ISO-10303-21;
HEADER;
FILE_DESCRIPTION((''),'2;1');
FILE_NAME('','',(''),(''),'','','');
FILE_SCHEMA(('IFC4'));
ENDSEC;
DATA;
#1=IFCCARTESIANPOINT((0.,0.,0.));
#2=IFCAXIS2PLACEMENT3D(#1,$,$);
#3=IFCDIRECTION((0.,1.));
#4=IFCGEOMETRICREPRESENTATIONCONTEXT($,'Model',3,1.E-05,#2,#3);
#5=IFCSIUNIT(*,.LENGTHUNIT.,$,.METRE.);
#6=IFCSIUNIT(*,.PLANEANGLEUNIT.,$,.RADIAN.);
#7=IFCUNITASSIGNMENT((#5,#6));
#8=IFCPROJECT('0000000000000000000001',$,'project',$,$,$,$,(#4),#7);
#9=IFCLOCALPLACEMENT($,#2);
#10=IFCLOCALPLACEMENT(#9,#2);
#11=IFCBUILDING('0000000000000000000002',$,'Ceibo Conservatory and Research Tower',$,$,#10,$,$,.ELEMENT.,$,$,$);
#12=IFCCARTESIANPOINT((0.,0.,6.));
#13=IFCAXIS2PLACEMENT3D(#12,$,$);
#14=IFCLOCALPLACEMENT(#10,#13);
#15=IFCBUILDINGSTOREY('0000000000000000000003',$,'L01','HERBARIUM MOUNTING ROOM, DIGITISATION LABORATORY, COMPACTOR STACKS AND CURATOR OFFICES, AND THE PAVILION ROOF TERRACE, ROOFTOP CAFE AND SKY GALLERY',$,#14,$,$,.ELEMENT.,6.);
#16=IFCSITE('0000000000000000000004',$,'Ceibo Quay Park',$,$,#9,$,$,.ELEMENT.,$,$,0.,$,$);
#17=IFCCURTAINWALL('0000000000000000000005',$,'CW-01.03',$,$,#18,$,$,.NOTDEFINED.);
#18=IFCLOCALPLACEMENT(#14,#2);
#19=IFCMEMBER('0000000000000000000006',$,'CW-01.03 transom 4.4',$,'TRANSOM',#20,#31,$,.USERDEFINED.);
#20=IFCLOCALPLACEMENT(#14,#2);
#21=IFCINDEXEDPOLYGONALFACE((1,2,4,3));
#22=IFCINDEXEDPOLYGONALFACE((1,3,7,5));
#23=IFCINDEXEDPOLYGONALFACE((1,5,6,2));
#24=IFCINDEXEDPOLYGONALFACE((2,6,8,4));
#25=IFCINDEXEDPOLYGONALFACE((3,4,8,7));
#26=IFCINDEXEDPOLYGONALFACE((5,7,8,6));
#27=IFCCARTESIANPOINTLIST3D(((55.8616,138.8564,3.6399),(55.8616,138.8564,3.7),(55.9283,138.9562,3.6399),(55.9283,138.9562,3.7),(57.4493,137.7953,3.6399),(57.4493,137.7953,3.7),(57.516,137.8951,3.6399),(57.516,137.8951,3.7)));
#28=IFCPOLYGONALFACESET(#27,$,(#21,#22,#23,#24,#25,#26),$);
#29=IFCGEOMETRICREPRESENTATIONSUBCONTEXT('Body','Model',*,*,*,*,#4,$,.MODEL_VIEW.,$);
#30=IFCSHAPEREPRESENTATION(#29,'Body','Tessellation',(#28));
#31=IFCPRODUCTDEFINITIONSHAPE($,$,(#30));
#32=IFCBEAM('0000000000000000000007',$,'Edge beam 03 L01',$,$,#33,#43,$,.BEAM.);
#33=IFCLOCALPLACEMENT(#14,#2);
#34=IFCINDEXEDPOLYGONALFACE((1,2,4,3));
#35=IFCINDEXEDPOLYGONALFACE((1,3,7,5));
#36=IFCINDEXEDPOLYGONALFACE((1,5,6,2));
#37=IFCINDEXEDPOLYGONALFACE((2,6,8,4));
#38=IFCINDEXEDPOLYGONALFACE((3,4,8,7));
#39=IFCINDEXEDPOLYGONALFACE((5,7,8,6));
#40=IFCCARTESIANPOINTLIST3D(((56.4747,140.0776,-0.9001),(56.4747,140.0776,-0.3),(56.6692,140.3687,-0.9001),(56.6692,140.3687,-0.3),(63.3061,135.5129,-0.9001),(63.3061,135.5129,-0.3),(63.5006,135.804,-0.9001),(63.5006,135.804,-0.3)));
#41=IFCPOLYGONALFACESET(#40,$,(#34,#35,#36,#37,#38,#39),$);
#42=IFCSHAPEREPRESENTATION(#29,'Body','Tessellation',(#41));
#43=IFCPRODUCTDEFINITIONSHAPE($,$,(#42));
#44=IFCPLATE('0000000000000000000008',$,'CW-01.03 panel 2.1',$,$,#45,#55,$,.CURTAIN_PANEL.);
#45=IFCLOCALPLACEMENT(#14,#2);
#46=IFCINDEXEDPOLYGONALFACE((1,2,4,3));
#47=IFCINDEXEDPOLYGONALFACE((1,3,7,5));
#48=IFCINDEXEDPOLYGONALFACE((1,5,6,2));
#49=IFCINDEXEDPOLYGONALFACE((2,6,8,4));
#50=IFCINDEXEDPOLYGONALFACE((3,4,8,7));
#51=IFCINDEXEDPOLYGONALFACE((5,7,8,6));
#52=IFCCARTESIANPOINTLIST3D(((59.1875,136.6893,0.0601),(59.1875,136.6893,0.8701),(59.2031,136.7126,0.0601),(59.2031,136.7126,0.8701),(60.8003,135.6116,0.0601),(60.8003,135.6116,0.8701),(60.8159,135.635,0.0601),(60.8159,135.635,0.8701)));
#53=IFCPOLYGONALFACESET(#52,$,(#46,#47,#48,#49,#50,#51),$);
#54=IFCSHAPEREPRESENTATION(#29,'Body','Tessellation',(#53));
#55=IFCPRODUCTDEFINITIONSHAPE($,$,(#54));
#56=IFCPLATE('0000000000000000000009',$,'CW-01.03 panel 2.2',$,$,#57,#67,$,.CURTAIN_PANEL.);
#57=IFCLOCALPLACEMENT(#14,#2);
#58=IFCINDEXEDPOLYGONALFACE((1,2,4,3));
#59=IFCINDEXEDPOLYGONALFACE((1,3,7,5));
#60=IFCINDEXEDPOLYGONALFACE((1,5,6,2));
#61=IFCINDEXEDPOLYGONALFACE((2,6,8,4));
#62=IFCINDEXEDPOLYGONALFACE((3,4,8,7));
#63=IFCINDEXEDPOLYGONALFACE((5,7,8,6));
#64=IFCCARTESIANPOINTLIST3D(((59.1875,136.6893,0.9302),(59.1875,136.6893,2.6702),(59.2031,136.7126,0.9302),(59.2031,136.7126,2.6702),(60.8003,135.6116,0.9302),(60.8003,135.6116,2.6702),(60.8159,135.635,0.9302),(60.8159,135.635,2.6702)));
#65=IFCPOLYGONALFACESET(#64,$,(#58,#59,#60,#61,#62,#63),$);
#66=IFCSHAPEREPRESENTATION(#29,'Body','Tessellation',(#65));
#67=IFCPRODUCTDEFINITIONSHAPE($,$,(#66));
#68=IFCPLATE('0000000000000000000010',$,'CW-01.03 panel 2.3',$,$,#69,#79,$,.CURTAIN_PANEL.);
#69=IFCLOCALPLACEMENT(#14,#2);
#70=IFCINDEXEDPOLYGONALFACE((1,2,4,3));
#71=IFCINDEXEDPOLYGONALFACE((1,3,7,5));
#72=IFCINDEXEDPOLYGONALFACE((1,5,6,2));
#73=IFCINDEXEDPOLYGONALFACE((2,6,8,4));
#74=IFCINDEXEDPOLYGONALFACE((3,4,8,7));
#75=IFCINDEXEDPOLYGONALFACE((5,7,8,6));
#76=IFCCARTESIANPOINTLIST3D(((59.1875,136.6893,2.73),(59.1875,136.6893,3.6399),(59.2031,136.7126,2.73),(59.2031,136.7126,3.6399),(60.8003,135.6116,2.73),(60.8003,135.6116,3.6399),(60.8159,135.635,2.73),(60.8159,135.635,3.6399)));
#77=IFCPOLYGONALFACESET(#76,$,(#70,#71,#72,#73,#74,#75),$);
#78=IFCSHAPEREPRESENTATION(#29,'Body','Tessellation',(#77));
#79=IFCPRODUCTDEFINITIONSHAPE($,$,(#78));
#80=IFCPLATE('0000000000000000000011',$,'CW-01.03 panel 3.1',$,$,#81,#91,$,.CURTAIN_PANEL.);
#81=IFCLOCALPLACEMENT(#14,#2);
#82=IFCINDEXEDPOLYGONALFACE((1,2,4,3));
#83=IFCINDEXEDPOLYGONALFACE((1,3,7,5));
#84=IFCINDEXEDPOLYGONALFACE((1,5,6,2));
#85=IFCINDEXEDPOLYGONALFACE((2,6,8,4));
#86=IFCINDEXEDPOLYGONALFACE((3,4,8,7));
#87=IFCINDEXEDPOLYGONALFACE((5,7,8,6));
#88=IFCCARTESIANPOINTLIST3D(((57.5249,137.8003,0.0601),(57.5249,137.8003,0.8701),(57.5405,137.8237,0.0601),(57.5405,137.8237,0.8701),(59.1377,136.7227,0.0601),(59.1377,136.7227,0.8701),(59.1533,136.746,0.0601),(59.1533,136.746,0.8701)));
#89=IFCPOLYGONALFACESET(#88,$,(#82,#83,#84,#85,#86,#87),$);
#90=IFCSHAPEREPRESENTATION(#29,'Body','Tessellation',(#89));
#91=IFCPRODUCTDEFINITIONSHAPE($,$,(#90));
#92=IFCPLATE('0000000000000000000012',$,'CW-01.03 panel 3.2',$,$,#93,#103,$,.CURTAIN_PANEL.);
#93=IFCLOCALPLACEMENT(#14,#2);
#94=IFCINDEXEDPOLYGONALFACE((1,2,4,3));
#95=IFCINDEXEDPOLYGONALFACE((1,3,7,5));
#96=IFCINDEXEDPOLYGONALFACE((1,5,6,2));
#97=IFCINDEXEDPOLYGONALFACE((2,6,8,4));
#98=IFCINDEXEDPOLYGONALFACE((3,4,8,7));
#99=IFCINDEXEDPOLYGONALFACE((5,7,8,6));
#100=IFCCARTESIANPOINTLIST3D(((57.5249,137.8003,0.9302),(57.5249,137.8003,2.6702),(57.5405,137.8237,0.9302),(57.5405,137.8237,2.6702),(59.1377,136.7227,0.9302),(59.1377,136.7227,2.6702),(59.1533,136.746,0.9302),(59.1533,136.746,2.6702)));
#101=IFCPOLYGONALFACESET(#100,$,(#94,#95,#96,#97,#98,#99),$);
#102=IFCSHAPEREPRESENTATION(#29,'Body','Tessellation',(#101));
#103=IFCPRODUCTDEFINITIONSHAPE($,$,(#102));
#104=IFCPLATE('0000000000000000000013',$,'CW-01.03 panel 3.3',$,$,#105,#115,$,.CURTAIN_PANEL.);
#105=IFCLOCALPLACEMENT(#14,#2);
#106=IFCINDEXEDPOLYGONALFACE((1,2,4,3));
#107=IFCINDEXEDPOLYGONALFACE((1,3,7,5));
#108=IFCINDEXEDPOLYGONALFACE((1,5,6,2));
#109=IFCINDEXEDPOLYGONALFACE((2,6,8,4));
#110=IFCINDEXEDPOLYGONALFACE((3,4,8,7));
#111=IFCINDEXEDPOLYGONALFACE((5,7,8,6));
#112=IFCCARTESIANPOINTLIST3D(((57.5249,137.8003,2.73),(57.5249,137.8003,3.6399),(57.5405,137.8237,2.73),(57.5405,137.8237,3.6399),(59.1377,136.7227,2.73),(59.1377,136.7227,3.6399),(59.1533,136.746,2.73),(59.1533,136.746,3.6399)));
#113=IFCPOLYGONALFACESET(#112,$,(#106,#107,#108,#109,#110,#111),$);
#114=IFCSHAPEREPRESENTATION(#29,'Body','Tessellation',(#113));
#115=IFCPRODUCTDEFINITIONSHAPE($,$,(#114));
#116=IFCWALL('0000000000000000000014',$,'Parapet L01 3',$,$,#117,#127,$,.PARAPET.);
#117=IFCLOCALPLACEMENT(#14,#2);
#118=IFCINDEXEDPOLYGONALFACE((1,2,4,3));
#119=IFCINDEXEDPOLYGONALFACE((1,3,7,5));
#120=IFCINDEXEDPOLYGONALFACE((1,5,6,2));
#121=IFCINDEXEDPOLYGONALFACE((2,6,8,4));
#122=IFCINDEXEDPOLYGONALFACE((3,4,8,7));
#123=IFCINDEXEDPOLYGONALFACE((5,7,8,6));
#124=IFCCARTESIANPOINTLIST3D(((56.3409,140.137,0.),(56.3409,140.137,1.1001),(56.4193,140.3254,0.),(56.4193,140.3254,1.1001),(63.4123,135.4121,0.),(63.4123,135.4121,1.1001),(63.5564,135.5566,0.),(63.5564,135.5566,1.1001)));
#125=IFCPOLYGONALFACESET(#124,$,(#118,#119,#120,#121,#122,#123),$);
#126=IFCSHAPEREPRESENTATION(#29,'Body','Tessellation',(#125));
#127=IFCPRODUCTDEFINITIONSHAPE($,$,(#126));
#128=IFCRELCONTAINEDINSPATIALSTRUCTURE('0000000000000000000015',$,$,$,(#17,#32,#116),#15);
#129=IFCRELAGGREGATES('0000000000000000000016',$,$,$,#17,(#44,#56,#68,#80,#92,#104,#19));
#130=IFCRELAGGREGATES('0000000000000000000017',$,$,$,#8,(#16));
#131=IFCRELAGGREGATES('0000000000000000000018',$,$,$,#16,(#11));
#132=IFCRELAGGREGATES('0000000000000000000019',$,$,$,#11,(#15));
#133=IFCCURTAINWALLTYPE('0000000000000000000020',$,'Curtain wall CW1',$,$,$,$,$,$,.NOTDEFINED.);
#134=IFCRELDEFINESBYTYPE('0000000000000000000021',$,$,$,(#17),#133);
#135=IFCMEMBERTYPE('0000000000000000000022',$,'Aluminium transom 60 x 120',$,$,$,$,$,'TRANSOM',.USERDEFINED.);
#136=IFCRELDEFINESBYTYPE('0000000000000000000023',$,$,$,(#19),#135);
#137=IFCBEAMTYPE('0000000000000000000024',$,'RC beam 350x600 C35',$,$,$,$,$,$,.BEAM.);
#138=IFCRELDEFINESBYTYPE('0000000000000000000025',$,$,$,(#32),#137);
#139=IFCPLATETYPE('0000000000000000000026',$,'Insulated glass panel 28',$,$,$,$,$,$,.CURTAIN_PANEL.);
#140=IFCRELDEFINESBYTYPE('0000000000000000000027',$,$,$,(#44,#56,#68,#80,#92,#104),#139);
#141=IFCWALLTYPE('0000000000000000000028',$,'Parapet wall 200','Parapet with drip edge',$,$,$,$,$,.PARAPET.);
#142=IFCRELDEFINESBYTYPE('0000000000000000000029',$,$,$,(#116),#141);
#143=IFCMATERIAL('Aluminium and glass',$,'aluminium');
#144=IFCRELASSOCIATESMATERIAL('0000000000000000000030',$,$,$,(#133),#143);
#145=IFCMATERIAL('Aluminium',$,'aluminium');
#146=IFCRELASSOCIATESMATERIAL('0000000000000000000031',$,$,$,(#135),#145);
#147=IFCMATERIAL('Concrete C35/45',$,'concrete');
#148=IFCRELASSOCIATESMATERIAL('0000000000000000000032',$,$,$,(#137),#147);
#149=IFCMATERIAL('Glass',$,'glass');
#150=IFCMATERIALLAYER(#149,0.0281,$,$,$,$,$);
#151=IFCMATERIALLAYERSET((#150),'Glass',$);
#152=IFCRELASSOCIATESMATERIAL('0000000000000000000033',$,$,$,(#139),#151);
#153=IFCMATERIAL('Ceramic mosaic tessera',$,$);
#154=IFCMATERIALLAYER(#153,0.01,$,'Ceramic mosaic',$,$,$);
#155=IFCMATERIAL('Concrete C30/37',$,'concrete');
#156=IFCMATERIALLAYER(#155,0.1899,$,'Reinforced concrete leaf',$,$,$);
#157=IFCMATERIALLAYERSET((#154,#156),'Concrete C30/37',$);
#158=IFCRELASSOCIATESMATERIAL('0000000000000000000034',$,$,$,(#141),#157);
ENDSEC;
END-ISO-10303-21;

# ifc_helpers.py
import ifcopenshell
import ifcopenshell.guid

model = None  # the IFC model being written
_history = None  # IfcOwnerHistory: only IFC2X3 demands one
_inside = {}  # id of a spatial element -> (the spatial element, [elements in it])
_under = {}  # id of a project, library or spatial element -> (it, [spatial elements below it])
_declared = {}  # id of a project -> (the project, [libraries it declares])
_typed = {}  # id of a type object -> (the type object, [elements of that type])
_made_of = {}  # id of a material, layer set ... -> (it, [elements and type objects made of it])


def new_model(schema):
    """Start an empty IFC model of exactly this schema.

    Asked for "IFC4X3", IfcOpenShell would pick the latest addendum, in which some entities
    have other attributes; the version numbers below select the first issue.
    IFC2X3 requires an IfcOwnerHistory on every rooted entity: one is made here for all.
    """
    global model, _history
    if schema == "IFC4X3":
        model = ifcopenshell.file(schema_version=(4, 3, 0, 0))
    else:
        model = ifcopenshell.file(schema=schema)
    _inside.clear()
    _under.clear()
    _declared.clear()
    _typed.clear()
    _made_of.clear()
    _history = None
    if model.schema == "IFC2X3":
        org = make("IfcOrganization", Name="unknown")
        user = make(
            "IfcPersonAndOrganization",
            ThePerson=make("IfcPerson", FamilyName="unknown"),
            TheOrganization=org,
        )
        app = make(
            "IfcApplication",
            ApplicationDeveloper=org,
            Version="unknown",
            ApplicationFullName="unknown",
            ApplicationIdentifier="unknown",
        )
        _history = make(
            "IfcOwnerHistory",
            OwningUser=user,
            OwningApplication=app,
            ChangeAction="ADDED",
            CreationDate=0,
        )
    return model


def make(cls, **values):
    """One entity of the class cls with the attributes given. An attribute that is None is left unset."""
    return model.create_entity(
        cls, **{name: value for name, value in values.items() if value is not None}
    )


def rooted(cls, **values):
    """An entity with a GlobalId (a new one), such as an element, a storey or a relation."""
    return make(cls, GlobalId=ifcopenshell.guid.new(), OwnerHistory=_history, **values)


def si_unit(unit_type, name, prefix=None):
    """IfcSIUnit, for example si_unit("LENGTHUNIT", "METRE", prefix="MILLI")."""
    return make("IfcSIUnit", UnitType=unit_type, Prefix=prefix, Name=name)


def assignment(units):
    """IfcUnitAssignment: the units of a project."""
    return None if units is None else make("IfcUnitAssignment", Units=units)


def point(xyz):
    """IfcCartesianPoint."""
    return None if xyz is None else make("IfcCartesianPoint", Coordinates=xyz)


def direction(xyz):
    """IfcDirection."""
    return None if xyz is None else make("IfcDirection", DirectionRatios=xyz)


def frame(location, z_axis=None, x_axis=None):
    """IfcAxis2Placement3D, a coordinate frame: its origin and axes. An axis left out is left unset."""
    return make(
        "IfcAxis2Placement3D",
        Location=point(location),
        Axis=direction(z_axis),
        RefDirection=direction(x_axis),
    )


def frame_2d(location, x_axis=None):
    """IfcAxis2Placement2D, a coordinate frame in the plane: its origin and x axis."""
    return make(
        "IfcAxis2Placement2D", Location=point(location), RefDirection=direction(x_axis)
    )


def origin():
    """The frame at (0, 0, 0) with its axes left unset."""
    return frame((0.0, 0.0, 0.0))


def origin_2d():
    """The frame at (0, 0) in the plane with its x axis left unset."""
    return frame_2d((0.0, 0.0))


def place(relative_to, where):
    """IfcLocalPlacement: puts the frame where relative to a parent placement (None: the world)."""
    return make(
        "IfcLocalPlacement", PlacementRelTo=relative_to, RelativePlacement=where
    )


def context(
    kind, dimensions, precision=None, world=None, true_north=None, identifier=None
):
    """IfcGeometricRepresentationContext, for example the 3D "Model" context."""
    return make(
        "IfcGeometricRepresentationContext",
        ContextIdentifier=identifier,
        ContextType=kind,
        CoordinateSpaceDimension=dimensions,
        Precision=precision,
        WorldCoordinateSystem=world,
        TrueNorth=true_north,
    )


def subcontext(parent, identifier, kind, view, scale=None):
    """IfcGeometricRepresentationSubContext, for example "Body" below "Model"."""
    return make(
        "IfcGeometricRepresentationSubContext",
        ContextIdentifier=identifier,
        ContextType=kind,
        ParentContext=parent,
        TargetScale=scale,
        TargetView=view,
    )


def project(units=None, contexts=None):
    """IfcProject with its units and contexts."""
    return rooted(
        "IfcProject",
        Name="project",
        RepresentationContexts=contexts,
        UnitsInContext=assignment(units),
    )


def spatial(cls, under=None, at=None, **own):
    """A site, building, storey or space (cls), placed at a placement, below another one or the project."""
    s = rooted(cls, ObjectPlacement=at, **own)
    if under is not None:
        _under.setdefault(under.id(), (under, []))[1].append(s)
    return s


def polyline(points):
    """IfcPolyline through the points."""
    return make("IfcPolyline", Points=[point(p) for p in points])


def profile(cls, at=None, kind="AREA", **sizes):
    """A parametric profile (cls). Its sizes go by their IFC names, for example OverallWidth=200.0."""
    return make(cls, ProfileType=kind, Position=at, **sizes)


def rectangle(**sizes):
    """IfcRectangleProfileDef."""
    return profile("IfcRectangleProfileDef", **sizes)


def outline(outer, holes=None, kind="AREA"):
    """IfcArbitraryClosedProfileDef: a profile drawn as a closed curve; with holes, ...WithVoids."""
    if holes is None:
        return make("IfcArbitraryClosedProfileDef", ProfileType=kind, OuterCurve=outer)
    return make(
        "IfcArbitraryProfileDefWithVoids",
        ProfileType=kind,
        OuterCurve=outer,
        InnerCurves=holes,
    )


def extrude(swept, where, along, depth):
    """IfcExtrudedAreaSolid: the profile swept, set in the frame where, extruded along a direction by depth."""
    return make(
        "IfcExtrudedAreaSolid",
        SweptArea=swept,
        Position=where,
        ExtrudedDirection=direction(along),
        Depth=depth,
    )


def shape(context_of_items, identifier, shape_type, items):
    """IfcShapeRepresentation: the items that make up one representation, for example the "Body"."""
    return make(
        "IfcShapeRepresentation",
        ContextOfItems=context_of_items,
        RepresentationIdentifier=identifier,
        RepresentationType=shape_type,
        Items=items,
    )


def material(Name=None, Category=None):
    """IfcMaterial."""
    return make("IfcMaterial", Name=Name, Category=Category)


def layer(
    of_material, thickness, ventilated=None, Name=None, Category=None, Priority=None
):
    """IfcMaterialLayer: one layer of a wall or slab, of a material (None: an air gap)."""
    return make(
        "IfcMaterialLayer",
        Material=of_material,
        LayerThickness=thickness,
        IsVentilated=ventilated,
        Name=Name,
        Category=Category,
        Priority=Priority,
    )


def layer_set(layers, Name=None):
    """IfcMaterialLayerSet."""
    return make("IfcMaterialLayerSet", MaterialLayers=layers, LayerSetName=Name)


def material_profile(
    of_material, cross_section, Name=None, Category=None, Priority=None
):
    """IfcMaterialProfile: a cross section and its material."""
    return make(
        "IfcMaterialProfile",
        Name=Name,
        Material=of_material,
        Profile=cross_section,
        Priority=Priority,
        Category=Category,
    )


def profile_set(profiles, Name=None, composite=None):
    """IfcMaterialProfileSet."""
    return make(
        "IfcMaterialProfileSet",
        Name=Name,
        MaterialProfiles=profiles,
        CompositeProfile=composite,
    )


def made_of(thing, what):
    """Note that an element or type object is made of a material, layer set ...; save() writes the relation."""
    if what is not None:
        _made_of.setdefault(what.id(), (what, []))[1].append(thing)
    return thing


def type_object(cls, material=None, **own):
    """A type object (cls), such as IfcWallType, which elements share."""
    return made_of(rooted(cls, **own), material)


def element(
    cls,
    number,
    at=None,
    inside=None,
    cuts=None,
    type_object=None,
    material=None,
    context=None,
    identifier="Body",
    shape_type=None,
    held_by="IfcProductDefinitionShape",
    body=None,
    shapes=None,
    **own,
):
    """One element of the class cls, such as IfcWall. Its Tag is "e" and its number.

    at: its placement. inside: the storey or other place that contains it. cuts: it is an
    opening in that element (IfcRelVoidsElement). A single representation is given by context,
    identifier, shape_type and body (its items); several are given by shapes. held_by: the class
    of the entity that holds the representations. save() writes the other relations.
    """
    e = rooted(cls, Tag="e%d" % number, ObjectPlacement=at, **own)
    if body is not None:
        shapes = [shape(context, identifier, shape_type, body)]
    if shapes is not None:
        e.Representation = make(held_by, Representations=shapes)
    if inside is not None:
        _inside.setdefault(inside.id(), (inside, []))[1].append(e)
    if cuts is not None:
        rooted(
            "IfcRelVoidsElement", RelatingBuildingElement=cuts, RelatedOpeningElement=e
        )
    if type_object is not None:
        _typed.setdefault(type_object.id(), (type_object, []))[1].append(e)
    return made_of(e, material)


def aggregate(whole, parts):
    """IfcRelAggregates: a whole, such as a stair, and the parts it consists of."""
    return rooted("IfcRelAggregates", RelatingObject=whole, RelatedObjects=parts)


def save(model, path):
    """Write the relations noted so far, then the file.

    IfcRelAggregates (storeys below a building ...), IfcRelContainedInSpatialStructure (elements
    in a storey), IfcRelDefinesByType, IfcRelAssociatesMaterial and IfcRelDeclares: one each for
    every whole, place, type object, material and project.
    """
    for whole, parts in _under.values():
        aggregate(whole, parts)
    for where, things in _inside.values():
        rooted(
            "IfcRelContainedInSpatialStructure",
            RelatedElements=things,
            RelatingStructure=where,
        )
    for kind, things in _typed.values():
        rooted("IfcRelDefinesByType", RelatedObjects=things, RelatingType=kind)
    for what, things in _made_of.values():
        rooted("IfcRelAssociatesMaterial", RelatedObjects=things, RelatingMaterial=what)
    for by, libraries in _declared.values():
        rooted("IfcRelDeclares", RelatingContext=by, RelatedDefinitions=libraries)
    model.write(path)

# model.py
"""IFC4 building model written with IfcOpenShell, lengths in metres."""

from ifc_helpers import new_model, si_unit, direction, frame, origin, origin_2d, place, context, subcontext, project, spatial, polyline, rectangle, outline, extrude, material, layer, layer_set, material_profile, profile_set, type_object, element, aggregate, save


model = new_model("IFC4")

# Units and contexts
model_context = context("Model", 3, precision=1e-05, world=origin(), true_north=direction((0.0, 1.0)))
body_context = subcontext(model_context, "Body", "Model", "MODEL_VIEW")
ifc_project = project(units=[si_unit("LENGTHUNIT", "METRE"), si_unit("PLANEANGLEUNIT", "RADIAN")], contexts=[model_context])

# Site, building, storey
site_placement = place(None, origin())
site = spatial("IfcSite", under=ifc_project, at=site_placement, Name="Ceibo Quay Park", CompositionType="ELEMENT", RefElevation=0.0)
building_placement = place(site_placement, origin())
building = spatial("IfcBuilding", under=site, at=building_placement, Name="Ceibo Conservatory and Research Tower", CompositionType="ELEMENT")
storey_placement = place(building_placement, frame((0.0, 0.0, 6.0)))
storey = spatial("IfcBuildingStorey", under=building, at=storey_placement, Name="L01", Description="HERBARIUM MOUNTING ROOM, DIGITISATION LABORATORY, COMPACTOR STACKS AND CURATOR OFFICES, AND THE PAVILION ROOF TERRACE, ROOFTOP CAFE AND SKY GALLERY", CompositionType="ELEMENT", Elevation=6.0)

# Curtain wall, member
ifc_material_1 = material(Name="Aluminium and glass", Category="aluminium")
curtain_wall_type = type_object("IfcCurtainWallType", Name="Curtain wall CW1", PredefinedType="NOTDEFINED", material=ifc_material_1)
curtain_wall_placement = place(storey_placement, origin())
curtain_wall = element("IfcCurtainWall", 1, at=curtain_wall_placement, inside=storey, type_object=curtain_wall_type, Name="CW-01.03", PredefinedType="NOTDEFINED")
ifc_material_2 = material(Name="Aluminium", Category="aluminium")
ifc_material_profile_1 = material_profile(ifc_material_2, rectangle(XDim=0.1201, YDim=0.0601, at=origin_2d()), Name="Aluminium 60 x 120")
ifc_profile_set_1 = profile_set([ifc_material_profile_1], Name="Aluminium")
member_type_1 = type_object("IfcMemberType", Name="Aluminium transom 60 x 120", ElementType="TRANSOM", PredefinedType="USERDEFINED", material=ifc_profile_set_1)
member_1_placement = place(storey_placement, frame((57.4827, 137.8452, 3.6699), z_axis=(-0.83142, 0.555644, 0.0), x_axis=(-0.555644, -0.83142, 0.0)))
member_1 = element("IfcMember", 2, at=member_1_placement, type_object=member_type_1, Name="CW-01.03 transom 4.4", ObjectType="TRANSOM", PredefinedType="USERDEFINED", context=body_context, shape_type="SweptSolid", body=[
    extrude(rectangle(XDim=0.1201, YDim=0.0601, at=origin_2d()), origin(), (0.0, 0.0, 1.0), 1.9097),
])

# Beam
ifc_material_3 = material(Name="Concrete C35/45", Category="concrete")
ifc_material_profile_2 = material_profile(ifc_material_3, rectangle(XDim=0.3501, YDim=0.6001, at=origin_2d()), Name="RC 350x600")
ifc_profile_set_2 = profile_set([ifc_material_profile_2], Name="Concrete C35/45")
beam_type = type_object("IfcBeamType", Name="RC beam 350x600 C35", PredefinedType="BEAM", material=ifc_profile_set_2)
beam_placement = place(storey_placement, frame((63.4033, 135.6584, -0.6001), z_axis=(-0.83146, 0.555584, 0.0), x_axis=(-0.555584, -0.83146, 0.0)))
element("IfcBeam", 3, at=beam_placement, inside=storey, type_object=beam_type, Name="Edge beam 03 L01", PredefinedType="BEAM", context=body_context, shape_type="SweptSolid", body=[
    extrude(rectangle(XDim=0.3501, YDim=0.6001, at=origin_2d()), origin(), (0.0, 0.0, 1.0), 8.2161),
])

# Plates
ifc_material_4 = material(Name="Glass", Category="glass")
ifc_layer_1 = layer(ifc_material_4, 0.0281)
ifc_layer_set_1 = layer_set([ifc_layer_1], Name="Glass")
plate_type = type_object("IfcPlateType", Name="Insulated glass panel 28", PredefinedType="CURTAIN_PANEL", material=ifc_layer_set_1)
plate_1_placement = place(storey_placement, frame((60.0017, 136.1621, 0.0601), z_axis=(0.0, 0.0, 1.0), x_axis=(-0.83147, 0.55557, 0.0)))
plate_1 = element("IfcPlate", 4, at=plate_1_placement, type_object=plate_type, Name="CW-01.03 panel 2.1", PredefinedType="CURTAIN_PANEL", context=body_context, shape_type="SweptSolid", body=[
    extrude(rectangle(XDim=1.9397, YDim=0.0281, at=origin_2d()), origin(), (0.0, 0.0, 1.0), 0.8101),
])
plate_2_placement = place(storey_placement, frame((60.0017, 136.1621, 0.9302), z_axis=(0.0, 0.0, 1.0), x_axis=(-0.83147, 0.55557, 0.0)))
plate_2 = element("IfcPlate", 5, at=plate_2_placement, type_object=plate_type, Name="CW-01.03 panel 2.2", PredefinedType="CURTAIN_PANEL", context=body_context, shape_type="SweptSolid", body=[
    extrude(rectangle(XDim=1.9397, YDim=0.0281, at=origin_2d()), origin(), (0.0, 0.0, 1.0), 1.74),
])
plate_3_placement = place(storey_placement, frame((60.0017, 136.1621, 2.73), z_axis=(0.0, 0.0, 1.0), x_axis=(-0.83147, 0.55557, 0.0)))
plate_3 = element("IfcPlate", 6, at=plate_3_placement, type_object=plate_type, Name="CW-01.03 panel 2.3", PredefinedType="CURTAIN_PANEL", context=body_context, shape_type="SweptSolid", body=[
    extrude(rectangle(XDim=1.9397, YDim=0.0281, at=origin_2d()), origin(), (0.0, 0.0, 1.0), 0.9099),
])
plate_4_placement = place(storey_placement, frame((58.3391, 137.2732, 0.0601), z_axis=(0.0, 0.0, 1.0), x_axis=(-0.83147, 0.55557, 0.0)))
plate_4 = element("IfcPlate", 7, at=plate_4_placement, type_object=plate_type, Name="CW-01.03 panel 3.1", PredefinedType="CURTAIN_PANEL", context=body_context, shape_type="SweptSolid", body=[
    extrude(rectangle(XDim=1.9397, YDim=0.0281, at=origin_2d()), origin(), (0.0, 0.0, 1.0), 0.8101),
])
plate_5_placement = place(storey_placement, frame((58.3391, 137.2732, 0.9302), z_axis=(0.0, 0.0, 1.0), x_axis=(-0.83147, 0.55557, 0.0)))
plate_5 = element("IfcPlate", 8, at=plate_5_placement, type_object=plate_type, Name="CW-01.03 panel 3.2", PredefinedType="CURTAIN_PANEL", context=body_context, shape_type="SweptSolid", body=[
    extrude(rectangle(XDim=1.9397, YDim=0.0281, at=origin_2d()), origin(), (0.0, 0.0, 1.0), 1.74),
])
plate_6_placement = place(storey_placement, frame((58.3391, 137.2732, 2.73), z_axis=(0.0, 0.0, 1.0), x_axis=(-0.83147, 0.55557, 0.0)))
plate_6 = element("IfcPlate", 9, at=plate_6_placement, type_object=plate_type, Name="CW-01.03 panel 3.3", PredefinedType="CURTAIN_PANEL", context=body_context, shape_type="SweptSolid", body=[
    extrude(rectangle(XDim=1.9397, YDim=0.0281, at=origin_2d()), origin(), (0.0, 0.0, 1.0), 0.9099),
])
aggregate(curtain_wall, [plate_1, plate_2, plate_3, plate_4, plate_5, plate_6, member_1])

# Wall
ifc_material_5 = material(Name="Ceramic mosaic tessera")
ifc_layer_2 = layer(ifc_material_5, 0.01, Name="Ceramic mosaic")
ifc_material_6 = material(Name="Concrete C30/37", Category="concrete")
ifc_layer_3 = layer(ifc_material_6, 0.1899, Name="Reinforced concrete leaf")
ifc_layer_set_2 = layer_set([ifc_layer_2, ifc_layer_3], Name="Concrete C30/37")
wall_type = type_object("IfcWallType", Name="Parapet wall 200", Description="Parapet with drip edge", PredefinedType="PARAPET", material=ifc_layer_set_2)
wall_placement = place(storey_placement, frame((63.4844, 135.4844, 0.0), z_axis=(0.0, 0.0, 1.0), x_axis=(-0.831474, 0.555564, 0.0)))
element("IfcWall", 10, at=wall_placement, inside=storey, type_object=wall_type, Name="Parapet L01 3", PredefinedType="PARAPET", context=body_context, shape_type="SweptSolid", body=[
    extrude(outline(polyline([(-0.0198, -0.1001), (8.564, -0.1001), (8.5244, 0.1001), (0.0198, 0.1001), (-0.0198, -0.1001)])), origin(), (0.0, 0.0, 1.0), 1.1001),
])

save(model, "model.ifc")
